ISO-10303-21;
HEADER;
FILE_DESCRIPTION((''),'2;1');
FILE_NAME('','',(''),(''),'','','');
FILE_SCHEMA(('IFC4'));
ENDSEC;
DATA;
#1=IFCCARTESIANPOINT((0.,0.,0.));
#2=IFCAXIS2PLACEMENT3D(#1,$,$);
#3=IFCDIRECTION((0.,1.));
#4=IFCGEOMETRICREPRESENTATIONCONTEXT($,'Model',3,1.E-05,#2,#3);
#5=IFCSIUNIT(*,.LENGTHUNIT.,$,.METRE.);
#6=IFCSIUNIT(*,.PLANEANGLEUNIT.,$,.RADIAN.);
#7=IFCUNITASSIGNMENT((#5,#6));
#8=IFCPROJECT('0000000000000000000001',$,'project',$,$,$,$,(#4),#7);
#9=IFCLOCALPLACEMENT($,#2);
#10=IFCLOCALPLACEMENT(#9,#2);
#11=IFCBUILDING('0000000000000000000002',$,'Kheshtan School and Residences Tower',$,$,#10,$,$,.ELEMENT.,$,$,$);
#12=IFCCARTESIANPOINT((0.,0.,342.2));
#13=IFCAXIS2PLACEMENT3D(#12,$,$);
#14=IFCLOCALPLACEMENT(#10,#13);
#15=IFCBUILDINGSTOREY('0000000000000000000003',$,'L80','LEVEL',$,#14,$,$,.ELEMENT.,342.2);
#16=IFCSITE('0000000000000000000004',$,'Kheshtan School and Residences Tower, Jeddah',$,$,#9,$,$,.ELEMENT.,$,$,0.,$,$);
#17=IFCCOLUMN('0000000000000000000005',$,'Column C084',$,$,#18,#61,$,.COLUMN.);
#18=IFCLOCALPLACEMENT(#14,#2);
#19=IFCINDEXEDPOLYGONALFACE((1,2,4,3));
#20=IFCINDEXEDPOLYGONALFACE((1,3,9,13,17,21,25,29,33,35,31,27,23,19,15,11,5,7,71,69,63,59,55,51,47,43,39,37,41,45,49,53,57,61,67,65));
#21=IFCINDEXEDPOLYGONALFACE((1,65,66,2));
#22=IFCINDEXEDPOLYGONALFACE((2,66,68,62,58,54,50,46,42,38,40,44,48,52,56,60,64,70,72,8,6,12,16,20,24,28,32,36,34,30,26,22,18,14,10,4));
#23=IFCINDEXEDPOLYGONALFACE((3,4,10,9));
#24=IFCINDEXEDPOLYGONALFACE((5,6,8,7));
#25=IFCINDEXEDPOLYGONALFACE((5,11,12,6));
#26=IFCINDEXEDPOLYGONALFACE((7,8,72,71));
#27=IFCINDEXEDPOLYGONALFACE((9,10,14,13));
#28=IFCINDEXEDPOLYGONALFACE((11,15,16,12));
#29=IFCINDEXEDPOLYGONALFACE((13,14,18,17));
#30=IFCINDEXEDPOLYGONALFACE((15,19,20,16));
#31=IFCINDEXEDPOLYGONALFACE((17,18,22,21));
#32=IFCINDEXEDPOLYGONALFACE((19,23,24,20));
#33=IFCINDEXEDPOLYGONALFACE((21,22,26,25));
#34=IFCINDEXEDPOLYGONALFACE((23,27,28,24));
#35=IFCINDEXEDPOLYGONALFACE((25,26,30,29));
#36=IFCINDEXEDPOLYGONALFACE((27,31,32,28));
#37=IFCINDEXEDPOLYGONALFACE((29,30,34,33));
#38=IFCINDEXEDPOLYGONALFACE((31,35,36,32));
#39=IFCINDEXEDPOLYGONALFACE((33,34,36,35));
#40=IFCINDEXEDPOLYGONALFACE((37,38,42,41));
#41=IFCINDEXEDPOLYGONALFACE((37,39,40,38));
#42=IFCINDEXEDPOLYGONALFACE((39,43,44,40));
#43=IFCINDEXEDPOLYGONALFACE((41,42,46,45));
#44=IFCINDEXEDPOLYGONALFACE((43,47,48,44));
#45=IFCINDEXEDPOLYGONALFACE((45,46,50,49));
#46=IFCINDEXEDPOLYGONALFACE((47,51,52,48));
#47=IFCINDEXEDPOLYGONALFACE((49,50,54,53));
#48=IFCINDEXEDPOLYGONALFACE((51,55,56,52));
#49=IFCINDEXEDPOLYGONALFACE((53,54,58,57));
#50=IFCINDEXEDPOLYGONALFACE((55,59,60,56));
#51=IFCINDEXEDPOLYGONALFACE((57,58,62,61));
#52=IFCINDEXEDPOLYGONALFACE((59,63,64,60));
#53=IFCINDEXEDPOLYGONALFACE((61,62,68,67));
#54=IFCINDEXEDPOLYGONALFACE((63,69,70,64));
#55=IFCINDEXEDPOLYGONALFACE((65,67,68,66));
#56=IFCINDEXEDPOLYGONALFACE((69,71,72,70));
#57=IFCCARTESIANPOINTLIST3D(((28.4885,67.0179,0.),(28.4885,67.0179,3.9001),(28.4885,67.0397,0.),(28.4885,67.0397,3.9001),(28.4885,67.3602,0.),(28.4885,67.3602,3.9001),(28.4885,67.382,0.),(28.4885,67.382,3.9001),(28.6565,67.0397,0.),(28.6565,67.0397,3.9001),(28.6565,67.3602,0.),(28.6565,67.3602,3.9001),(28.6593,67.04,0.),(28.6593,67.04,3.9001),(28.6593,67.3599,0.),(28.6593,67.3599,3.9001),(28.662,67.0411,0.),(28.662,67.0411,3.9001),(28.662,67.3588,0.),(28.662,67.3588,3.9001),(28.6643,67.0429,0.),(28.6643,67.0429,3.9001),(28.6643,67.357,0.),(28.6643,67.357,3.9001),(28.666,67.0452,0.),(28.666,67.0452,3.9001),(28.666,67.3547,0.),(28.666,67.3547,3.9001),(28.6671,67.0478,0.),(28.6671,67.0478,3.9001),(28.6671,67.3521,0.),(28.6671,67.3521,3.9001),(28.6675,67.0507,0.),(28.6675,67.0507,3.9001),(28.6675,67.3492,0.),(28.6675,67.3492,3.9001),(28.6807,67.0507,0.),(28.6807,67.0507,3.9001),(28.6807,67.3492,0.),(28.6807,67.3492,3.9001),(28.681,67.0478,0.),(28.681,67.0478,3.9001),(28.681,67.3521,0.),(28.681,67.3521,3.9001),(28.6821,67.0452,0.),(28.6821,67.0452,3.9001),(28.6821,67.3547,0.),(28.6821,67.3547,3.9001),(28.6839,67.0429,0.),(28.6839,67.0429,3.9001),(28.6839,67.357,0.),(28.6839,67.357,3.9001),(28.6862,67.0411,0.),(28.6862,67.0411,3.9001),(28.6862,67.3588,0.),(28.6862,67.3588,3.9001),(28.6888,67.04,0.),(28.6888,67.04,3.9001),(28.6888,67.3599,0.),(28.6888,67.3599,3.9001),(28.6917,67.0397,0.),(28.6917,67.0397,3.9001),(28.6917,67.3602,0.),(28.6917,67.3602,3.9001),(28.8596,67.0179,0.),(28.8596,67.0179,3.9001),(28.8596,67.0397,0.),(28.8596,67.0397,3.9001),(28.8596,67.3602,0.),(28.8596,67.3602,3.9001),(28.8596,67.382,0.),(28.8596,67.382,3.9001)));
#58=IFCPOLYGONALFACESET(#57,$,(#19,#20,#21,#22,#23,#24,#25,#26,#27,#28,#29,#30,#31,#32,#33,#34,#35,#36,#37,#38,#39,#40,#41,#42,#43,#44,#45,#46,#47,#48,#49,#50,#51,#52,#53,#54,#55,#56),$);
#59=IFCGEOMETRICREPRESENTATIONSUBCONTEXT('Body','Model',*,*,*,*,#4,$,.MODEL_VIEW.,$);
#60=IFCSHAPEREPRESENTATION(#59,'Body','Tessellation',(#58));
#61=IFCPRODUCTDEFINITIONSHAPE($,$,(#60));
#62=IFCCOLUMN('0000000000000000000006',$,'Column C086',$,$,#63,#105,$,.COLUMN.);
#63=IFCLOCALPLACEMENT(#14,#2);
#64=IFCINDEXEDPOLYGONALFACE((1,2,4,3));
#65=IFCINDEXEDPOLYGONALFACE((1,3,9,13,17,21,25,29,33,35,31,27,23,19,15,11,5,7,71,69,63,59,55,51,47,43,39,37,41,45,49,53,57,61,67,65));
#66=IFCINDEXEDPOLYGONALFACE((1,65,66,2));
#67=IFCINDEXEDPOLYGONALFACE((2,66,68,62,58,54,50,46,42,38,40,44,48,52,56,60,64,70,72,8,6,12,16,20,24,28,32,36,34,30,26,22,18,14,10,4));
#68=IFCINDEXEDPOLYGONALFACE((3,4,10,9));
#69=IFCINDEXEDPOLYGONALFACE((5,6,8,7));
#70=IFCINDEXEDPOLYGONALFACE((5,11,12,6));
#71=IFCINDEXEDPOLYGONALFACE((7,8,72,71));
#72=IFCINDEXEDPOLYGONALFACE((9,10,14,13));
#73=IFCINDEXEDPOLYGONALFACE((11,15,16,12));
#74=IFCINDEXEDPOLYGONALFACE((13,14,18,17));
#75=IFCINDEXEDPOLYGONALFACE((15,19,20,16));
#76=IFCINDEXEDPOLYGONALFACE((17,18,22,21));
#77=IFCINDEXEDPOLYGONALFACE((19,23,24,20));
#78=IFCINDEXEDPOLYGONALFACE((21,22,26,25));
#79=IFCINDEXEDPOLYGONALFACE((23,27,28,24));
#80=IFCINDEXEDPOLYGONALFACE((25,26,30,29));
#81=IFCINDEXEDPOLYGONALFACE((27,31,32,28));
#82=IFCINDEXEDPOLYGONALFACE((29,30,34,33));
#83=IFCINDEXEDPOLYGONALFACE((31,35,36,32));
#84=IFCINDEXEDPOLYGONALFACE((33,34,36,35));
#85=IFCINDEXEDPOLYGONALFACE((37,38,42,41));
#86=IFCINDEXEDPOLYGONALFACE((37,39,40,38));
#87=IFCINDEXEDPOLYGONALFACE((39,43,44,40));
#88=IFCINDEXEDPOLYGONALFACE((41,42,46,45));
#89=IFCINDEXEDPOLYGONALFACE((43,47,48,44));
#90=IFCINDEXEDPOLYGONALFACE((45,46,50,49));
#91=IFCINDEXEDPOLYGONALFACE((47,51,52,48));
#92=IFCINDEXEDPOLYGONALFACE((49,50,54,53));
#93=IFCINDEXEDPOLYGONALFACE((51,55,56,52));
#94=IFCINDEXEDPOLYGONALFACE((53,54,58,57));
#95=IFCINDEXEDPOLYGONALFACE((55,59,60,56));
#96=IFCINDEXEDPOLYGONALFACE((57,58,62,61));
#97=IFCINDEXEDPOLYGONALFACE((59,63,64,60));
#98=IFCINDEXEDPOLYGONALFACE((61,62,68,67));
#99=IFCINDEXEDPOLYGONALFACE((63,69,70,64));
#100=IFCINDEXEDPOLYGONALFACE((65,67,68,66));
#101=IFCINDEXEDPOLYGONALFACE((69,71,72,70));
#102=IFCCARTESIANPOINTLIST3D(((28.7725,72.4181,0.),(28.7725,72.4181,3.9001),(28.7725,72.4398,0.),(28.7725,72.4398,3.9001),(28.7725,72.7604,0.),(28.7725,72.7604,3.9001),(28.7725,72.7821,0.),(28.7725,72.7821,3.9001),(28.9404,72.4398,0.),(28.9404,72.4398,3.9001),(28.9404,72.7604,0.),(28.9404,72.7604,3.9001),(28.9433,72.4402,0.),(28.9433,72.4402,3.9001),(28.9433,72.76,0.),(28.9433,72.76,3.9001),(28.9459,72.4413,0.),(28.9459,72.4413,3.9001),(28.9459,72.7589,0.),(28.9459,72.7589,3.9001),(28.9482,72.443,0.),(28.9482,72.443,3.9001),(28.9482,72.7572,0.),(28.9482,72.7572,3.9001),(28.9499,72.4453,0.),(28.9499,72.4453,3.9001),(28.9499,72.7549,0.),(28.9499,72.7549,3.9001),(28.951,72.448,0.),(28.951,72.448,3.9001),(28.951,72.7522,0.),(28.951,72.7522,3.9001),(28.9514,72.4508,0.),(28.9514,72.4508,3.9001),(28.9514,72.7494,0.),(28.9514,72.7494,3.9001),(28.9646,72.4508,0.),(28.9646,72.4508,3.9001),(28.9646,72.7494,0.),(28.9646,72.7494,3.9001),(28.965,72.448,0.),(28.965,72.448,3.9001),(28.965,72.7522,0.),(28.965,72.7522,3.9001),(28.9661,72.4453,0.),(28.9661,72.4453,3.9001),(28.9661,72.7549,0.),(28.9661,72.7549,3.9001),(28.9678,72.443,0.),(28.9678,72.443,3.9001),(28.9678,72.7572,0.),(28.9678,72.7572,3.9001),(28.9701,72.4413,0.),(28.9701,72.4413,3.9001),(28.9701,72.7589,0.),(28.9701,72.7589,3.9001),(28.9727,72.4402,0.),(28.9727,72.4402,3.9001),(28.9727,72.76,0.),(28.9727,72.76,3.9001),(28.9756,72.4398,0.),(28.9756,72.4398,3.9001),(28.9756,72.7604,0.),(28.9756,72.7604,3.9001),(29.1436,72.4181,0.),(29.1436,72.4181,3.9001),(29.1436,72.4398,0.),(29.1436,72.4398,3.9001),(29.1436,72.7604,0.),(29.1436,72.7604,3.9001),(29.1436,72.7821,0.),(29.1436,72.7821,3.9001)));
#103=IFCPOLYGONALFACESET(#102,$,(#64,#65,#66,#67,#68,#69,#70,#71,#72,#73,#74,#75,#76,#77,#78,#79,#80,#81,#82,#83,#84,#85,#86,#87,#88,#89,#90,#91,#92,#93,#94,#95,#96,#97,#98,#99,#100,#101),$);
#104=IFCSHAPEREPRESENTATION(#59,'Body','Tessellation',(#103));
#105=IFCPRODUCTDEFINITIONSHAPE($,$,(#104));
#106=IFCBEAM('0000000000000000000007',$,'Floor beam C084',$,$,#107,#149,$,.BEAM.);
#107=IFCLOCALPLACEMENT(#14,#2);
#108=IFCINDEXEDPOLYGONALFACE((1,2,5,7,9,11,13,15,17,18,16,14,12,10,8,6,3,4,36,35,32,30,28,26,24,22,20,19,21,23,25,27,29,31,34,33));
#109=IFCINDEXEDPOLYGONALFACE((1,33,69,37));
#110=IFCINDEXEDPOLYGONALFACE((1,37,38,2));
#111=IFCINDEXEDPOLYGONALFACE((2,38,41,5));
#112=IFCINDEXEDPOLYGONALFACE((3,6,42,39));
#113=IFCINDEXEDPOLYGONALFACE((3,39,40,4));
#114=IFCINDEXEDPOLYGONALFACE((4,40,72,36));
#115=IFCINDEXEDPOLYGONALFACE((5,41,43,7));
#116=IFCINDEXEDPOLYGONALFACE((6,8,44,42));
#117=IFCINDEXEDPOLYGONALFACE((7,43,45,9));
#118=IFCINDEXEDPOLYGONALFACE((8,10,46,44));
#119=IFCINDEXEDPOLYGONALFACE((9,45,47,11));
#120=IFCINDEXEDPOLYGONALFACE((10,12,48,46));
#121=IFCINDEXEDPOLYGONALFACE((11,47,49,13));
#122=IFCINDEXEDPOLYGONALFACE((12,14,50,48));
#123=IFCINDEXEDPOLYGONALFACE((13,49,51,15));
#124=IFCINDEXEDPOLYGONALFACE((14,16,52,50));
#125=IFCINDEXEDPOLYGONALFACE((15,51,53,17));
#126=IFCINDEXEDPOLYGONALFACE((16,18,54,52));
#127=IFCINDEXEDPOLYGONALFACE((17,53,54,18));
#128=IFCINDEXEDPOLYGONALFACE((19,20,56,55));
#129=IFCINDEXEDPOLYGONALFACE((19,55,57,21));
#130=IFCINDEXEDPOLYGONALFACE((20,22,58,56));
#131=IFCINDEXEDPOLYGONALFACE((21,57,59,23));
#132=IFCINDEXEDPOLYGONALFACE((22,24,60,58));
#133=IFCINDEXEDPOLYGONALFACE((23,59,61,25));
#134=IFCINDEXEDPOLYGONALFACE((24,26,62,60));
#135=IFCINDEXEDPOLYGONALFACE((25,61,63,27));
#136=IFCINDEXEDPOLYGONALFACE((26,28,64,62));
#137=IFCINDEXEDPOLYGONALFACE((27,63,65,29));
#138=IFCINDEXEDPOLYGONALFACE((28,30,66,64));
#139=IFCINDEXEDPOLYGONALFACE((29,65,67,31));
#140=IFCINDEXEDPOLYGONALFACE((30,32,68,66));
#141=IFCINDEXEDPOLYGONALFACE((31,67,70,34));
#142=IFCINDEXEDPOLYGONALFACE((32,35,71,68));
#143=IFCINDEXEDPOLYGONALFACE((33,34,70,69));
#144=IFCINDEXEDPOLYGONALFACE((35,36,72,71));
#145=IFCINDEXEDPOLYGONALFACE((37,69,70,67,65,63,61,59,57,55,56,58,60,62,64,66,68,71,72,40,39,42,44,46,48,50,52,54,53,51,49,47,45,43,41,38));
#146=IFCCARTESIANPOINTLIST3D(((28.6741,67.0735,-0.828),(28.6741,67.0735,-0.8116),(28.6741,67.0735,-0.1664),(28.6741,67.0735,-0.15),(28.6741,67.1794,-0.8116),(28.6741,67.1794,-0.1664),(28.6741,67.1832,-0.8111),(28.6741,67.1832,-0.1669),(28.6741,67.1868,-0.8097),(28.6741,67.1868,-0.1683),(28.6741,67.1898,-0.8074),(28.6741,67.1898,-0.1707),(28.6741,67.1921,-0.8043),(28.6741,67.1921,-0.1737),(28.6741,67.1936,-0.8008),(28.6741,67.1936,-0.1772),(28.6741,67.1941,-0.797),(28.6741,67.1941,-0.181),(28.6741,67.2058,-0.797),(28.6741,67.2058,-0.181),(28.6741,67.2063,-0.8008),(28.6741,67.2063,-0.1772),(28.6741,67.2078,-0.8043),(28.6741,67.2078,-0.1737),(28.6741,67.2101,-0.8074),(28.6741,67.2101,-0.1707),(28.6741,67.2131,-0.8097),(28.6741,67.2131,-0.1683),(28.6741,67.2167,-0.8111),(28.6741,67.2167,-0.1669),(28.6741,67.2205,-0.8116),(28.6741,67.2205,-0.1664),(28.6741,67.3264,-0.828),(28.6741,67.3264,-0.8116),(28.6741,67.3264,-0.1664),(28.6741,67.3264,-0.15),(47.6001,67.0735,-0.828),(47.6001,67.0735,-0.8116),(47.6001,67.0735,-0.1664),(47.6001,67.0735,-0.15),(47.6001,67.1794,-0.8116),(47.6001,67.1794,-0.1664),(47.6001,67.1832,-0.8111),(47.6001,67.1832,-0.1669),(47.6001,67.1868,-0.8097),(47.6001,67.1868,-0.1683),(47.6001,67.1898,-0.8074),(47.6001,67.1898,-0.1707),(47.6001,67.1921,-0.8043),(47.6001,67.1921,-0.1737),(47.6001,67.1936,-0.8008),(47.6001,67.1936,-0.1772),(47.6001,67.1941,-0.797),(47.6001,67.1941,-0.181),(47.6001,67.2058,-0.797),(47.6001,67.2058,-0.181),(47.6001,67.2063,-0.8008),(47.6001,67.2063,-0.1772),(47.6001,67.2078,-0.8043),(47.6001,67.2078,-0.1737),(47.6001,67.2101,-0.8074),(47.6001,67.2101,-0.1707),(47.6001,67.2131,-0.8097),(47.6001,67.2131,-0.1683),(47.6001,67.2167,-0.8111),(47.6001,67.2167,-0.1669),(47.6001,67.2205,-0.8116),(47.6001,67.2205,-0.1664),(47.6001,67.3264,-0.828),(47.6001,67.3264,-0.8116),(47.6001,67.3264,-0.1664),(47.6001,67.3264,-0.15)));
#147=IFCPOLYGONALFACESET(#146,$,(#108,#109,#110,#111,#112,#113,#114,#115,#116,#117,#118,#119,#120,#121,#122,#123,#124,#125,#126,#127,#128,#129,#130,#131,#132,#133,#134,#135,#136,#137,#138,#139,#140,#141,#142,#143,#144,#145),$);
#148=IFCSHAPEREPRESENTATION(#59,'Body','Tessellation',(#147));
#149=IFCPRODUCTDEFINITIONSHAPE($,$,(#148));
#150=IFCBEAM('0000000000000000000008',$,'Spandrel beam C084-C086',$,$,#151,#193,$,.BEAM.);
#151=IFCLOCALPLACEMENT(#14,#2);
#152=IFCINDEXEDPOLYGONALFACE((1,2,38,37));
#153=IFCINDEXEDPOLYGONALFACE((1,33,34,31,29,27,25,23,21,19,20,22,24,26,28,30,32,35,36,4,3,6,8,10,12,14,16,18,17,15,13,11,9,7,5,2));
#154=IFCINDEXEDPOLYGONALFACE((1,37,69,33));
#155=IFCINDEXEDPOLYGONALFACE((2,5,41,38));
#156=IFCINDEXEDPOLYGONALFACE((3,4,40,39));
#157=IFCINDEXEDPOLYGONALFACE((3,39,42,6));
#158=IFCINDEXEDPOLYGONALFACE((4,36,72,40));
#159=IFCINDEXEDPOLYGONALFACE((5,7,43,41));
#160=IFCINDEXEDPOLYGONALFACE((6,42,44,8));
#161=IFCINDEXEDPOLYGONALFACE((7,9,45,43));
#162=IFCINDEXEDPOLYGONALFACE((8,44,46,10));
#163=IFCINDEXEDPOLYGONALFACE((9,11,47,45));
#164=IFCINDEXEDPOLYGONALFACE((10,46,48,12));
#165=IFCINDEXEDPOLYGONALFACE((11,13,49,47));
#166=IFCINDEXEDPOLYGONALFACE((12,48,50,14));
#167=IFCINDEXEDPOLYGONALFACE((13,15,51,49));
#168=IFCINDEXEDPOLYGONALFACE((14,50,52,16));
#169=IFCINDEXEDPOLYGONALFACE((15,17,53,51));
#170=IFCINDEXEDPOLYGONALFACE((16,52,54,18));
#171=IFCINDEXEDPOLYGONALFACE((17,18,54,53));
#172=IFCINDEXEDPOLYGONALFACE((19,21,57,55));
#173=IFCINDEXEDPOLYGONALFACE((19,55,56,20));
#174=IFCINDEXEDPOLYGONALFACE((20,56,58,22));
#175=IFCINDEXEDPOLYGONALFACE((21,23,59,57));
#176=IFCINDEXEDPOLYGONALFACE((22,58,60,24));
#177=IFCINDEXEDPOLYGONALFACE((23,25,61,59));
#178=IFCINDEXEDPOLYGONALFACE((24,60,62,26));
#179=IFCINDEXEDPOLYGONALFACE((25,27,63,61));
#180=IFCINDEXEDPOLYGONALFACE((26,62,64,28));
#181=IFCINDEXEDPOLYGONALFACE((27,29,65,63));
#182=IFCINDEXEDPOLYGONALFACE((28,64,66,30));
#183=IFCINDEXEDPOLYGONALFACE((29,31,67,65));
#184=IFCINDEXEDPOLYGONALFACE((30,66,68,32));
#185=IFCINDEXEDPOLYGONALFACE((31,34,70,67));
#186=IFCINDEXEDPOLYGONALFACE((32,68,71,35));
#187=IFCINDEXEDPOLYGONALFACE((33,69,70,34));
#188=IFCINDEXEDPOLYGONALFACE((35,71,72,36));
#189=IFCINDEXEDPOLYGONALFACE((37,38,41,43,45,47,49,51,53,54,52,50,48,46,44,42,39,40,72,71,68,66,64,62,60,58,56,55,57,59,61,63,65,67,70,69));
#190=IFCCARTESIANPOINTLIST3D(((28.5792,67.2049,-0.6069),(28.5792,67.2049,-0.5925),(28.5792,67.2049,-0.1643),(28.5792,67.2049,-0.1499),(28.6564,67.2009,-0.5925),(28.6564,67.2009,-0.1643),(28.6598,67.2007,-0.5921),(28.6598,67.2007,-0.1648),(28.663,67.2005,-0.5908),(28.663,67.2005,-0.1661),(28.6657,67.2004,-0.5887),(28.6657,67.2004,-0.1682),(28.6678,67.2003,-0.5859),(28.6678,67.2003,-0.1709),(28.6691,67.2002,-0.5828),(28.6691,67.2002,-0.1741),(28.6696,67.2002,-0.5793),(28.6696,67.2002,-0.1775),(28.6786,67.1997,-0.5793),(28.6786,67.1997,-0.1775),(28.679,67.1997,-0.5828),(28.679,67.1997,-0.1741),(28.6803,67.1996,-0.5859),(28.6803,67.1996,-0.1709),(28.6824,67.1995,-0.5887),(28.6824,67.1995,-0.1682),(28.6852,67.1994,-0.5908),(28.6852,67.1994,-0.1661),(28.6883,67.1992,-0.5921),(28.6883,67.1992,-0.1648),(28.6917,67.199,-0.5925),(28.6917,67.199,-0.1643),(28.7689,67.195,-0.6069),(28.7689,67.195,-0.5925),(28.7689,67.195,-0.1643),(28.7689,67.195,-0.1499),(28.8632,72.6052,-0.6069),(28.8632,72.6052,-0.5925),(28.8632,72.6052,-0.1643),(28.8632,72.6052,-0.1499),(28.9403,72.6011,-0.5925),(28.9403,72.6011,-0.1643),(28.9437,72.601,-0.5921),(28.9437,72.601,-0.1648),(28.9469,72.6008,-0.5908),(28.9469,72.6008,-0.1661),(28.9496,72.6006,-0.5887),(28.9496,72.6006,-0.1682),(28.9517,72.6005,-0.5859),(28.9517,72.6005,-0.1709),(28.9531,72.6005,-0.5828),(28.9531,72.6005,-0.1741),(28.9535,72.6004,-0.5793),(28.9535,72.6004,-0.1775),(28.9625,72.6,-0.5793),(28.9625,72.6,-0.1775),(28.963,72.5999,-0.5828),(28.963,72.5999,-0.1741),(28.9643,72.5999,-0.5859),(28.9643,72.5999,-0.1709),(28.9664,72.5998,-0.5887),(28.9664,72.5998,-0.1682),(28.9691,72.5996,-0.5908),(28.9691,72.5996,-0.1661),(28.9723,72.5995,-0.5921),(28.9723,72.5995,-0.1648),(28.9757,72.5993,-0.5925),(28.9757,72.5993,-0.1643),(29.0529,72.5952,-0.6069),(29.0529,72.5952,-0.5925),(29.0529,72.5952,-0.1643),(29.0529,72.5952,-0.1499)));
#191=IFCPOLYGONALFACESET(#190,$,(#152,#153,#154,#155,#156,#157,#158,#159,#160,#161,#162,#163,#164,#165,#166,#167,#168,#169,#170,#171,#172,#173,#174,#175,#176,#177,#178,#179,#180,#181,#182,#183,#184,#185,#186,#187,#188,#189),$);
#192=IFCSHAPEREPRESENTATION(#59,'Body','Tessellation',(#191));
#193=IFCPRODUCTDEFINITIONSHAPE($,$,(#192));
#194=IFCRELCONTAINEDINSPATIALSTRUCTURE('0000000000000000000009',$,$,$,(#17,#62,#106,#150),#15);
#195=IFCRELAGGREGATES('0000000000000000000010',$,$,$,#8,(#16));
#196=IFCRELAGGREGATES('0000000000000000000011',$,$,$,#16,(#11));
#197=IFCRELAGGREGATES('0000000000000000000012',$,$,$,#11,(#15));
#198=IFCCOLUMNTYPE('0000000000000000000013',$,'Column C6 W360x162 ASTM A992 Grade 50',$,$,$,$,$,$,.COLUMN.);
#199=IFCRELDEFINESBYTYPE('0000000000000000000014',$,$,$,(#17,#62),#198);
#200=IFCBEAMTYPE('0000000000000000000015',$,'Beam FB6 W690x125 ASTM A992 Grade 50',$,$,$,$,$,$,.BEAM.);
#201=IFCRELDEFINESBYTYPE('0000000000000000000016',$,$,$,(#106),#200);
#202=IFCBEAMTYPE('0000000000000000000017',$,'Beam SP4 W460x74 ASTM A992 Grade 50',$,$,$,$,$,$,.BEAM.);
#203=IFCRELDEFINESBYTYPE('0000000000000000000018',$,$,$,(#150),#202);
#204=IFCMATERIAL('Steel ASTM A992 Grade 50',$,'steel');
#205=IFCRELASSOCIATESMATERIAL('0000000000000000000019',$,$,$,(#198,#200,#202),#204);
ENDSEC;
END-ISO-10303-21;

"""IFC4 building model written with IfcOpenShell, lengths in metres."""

from ifc_helpers import new_model, si_unit, direction, frame, origin, origin_2d, place, context, subcontext, project, spatial, i_section, extrude, material, material_profile, profile_set, type_object, element, save


model = new_model("IFC4")

# Units and contexts
model_context = context("Model", 3, precision=1e-05, world=origin(), true_north=direction((0.0, 1.0)))
body_context = subcontext(model_context, "Body", "Model", "MODEL_VIEW")
ifc_project = project(units=[si_unit("LENGTHUNIT", "METRE"), si_unit("PLANEANGLEUNIT", "RADIAN")], contexts=[model_context])

# Site, building, storey
site_placement = place(None, origin())
site = spatial("IfcSite", under=ifc_project, at=site_placement, Name="Kheshtan School and Residences Tower, Jeddah", CompositionType="ELEMENT", RefElevation=0.0)
building_placement = place(site_placement, origin())
building = spatial("IfcBuilding", under=site, at=building_placement, Name="Kheshtan School and Residences Tower", CompositionType="ELEMENT")
storey_placement = place(building_placement, frame((0.0, 0.0, 342.2)))
storey = spatial("IfcBuildingStorey", under=building, at=storey_placement, Name="L80", Description="LEVEL", CompositionType="ELEMENT", Elevation=342.2)

# Columns
ifc_material_1 = material(Name="Steel ASTM A992 Grade 50", Category="steel")
ifc_material_profile_1 = material_profile(ifc_material_1, i_section(OverallWidth=0.3711, OverallDepth=0.364, WebThickness=0.0132, FlangeThickness=0.0217, FilletRadius=0.011, at=origin_2d()), Name="W360x162")
ifc_profile_set_1 = profile_set([ifc_material_profile_1], Name="Steel ASTM A992 Grade 50")
column_type = type_object("IfcColumnType", Name="Column C6 W360x162 ASTM A992 Grade 50", PredefinedType="COLUMN", material=ifc_profile_set_1)
for number, where, z_axis, x_axis, name in (
    (1, (28.6741, 67.2, 0.0), (0.0, 0.0, 1.0), (1.0, 0.0, 0.0), "Column C084"),
    (2, (28.958, 72.6001, 0.0), (0.0, 0.0, 1.0), (1.0, 0.0, 0.0), "Column C086"),
):
    element("IfcColumn", number, at=place(storey_placement, frame(where, z_axis=z_axis, x_axis=x_axis)), inside=storey, type_object=column_type, Name=name, PredefinedType="COLUMN", context=body_context, shape_type="SweptSolid", body=[
        extrude(i_section(OverallWidth=0.3711, OverallDepth=0.364, WebThickness=0.0132, FlangeThickness=0.0217, FilletRadius=0.011, at=origin_2d()), origin(), (0.0, 0.0, 1.0), 3.9001),
    ])

# Beams
ifc_material_profile_2 = material_profile(ifc_material_1, i_section(OverallWidth=0.2529, OverallDepth=0.678, WebThickness=0.0117, FlangeThickness=0.0164, FilletRadius=0.0146, at=origin_2d()), Name="W690x125")
ifc_profile_set_2 = profile_set([ifc_material_profile_2], Name="Steel ASTM A992 Grade 50")
beam_type_1 = type_object("IfcBeamType", Name="Beam FB6 W690x125 ASTM A992 Grade 50", PredefinedType="BEAM", material=ifc_profile_set_2)
beam_1_placement = place(storey_placement, frame((28.6741, 67.2, -0.489), z_axis=(1.0, 0.0, 0.0), x_axis=(0.0, 1.0, 0.0)))
element("IfcBeam", 3, at=beam_1_placement, inside=storey, type_object=beam_type_1, Name="Floor beam C084", PredefinedType="BEAM", context=body_context, shape_type="SweptSolid", body=[
    extrude(i_section(OverallWidth=0.2529, OverallDepth=0.678, WebThickness=0.0117, FlangeThickness=0.0164, FilletRadius=0.0146, at=origin_2d()), origin(), (0.0, 0.0, 1.0), 18.926),
])
ifc_material_profile_3 = material_profile(ifc_material_1, i_section(OverallWidth=0.1899, OverallDepth=0.457, WebThickness=0.009, FlangeThickness=0.0144, FilletRadius=0.0132, at=origin_2d()), Name="W460x74")
ifc_profile_set_3 = profile_set([ifc_material_profile_3], Name="Steel ASTM A992 Grade 50")
beam_type_2 = type_object("IfcBeamType", Name="Beam SP4 W460x74 ASTM A992 Grade 50", PredefinedType="BEAM", material=ifc_profile_set_3)
beam_2_placement = place(storey_placement, frame((28.6741, 67.2, -0.3784), z_axis=(0.052507, 0.998621, 0.0), x_axis=(-0.998621, 0.052507, 0.0)))
element("IfcBeam", 4, at=beam_2_placement, inside=storey, type_object=beam_type_2, Name="Spandrel beam C084-C086", PredefinedType="BEAM", context=body_context, shape_type="SweptSolid", body=[
    extrude(i_section(OverallWidth=0.1899, OverallDepth=0.457, WebThickness=0.009, FlangeThickness=0.0144, FilletRadius=0.0132, at=origin_2d()), origin(), (0.0, 0.0, 1.0), 5.4077),
])

save(model, "model.ifc")
